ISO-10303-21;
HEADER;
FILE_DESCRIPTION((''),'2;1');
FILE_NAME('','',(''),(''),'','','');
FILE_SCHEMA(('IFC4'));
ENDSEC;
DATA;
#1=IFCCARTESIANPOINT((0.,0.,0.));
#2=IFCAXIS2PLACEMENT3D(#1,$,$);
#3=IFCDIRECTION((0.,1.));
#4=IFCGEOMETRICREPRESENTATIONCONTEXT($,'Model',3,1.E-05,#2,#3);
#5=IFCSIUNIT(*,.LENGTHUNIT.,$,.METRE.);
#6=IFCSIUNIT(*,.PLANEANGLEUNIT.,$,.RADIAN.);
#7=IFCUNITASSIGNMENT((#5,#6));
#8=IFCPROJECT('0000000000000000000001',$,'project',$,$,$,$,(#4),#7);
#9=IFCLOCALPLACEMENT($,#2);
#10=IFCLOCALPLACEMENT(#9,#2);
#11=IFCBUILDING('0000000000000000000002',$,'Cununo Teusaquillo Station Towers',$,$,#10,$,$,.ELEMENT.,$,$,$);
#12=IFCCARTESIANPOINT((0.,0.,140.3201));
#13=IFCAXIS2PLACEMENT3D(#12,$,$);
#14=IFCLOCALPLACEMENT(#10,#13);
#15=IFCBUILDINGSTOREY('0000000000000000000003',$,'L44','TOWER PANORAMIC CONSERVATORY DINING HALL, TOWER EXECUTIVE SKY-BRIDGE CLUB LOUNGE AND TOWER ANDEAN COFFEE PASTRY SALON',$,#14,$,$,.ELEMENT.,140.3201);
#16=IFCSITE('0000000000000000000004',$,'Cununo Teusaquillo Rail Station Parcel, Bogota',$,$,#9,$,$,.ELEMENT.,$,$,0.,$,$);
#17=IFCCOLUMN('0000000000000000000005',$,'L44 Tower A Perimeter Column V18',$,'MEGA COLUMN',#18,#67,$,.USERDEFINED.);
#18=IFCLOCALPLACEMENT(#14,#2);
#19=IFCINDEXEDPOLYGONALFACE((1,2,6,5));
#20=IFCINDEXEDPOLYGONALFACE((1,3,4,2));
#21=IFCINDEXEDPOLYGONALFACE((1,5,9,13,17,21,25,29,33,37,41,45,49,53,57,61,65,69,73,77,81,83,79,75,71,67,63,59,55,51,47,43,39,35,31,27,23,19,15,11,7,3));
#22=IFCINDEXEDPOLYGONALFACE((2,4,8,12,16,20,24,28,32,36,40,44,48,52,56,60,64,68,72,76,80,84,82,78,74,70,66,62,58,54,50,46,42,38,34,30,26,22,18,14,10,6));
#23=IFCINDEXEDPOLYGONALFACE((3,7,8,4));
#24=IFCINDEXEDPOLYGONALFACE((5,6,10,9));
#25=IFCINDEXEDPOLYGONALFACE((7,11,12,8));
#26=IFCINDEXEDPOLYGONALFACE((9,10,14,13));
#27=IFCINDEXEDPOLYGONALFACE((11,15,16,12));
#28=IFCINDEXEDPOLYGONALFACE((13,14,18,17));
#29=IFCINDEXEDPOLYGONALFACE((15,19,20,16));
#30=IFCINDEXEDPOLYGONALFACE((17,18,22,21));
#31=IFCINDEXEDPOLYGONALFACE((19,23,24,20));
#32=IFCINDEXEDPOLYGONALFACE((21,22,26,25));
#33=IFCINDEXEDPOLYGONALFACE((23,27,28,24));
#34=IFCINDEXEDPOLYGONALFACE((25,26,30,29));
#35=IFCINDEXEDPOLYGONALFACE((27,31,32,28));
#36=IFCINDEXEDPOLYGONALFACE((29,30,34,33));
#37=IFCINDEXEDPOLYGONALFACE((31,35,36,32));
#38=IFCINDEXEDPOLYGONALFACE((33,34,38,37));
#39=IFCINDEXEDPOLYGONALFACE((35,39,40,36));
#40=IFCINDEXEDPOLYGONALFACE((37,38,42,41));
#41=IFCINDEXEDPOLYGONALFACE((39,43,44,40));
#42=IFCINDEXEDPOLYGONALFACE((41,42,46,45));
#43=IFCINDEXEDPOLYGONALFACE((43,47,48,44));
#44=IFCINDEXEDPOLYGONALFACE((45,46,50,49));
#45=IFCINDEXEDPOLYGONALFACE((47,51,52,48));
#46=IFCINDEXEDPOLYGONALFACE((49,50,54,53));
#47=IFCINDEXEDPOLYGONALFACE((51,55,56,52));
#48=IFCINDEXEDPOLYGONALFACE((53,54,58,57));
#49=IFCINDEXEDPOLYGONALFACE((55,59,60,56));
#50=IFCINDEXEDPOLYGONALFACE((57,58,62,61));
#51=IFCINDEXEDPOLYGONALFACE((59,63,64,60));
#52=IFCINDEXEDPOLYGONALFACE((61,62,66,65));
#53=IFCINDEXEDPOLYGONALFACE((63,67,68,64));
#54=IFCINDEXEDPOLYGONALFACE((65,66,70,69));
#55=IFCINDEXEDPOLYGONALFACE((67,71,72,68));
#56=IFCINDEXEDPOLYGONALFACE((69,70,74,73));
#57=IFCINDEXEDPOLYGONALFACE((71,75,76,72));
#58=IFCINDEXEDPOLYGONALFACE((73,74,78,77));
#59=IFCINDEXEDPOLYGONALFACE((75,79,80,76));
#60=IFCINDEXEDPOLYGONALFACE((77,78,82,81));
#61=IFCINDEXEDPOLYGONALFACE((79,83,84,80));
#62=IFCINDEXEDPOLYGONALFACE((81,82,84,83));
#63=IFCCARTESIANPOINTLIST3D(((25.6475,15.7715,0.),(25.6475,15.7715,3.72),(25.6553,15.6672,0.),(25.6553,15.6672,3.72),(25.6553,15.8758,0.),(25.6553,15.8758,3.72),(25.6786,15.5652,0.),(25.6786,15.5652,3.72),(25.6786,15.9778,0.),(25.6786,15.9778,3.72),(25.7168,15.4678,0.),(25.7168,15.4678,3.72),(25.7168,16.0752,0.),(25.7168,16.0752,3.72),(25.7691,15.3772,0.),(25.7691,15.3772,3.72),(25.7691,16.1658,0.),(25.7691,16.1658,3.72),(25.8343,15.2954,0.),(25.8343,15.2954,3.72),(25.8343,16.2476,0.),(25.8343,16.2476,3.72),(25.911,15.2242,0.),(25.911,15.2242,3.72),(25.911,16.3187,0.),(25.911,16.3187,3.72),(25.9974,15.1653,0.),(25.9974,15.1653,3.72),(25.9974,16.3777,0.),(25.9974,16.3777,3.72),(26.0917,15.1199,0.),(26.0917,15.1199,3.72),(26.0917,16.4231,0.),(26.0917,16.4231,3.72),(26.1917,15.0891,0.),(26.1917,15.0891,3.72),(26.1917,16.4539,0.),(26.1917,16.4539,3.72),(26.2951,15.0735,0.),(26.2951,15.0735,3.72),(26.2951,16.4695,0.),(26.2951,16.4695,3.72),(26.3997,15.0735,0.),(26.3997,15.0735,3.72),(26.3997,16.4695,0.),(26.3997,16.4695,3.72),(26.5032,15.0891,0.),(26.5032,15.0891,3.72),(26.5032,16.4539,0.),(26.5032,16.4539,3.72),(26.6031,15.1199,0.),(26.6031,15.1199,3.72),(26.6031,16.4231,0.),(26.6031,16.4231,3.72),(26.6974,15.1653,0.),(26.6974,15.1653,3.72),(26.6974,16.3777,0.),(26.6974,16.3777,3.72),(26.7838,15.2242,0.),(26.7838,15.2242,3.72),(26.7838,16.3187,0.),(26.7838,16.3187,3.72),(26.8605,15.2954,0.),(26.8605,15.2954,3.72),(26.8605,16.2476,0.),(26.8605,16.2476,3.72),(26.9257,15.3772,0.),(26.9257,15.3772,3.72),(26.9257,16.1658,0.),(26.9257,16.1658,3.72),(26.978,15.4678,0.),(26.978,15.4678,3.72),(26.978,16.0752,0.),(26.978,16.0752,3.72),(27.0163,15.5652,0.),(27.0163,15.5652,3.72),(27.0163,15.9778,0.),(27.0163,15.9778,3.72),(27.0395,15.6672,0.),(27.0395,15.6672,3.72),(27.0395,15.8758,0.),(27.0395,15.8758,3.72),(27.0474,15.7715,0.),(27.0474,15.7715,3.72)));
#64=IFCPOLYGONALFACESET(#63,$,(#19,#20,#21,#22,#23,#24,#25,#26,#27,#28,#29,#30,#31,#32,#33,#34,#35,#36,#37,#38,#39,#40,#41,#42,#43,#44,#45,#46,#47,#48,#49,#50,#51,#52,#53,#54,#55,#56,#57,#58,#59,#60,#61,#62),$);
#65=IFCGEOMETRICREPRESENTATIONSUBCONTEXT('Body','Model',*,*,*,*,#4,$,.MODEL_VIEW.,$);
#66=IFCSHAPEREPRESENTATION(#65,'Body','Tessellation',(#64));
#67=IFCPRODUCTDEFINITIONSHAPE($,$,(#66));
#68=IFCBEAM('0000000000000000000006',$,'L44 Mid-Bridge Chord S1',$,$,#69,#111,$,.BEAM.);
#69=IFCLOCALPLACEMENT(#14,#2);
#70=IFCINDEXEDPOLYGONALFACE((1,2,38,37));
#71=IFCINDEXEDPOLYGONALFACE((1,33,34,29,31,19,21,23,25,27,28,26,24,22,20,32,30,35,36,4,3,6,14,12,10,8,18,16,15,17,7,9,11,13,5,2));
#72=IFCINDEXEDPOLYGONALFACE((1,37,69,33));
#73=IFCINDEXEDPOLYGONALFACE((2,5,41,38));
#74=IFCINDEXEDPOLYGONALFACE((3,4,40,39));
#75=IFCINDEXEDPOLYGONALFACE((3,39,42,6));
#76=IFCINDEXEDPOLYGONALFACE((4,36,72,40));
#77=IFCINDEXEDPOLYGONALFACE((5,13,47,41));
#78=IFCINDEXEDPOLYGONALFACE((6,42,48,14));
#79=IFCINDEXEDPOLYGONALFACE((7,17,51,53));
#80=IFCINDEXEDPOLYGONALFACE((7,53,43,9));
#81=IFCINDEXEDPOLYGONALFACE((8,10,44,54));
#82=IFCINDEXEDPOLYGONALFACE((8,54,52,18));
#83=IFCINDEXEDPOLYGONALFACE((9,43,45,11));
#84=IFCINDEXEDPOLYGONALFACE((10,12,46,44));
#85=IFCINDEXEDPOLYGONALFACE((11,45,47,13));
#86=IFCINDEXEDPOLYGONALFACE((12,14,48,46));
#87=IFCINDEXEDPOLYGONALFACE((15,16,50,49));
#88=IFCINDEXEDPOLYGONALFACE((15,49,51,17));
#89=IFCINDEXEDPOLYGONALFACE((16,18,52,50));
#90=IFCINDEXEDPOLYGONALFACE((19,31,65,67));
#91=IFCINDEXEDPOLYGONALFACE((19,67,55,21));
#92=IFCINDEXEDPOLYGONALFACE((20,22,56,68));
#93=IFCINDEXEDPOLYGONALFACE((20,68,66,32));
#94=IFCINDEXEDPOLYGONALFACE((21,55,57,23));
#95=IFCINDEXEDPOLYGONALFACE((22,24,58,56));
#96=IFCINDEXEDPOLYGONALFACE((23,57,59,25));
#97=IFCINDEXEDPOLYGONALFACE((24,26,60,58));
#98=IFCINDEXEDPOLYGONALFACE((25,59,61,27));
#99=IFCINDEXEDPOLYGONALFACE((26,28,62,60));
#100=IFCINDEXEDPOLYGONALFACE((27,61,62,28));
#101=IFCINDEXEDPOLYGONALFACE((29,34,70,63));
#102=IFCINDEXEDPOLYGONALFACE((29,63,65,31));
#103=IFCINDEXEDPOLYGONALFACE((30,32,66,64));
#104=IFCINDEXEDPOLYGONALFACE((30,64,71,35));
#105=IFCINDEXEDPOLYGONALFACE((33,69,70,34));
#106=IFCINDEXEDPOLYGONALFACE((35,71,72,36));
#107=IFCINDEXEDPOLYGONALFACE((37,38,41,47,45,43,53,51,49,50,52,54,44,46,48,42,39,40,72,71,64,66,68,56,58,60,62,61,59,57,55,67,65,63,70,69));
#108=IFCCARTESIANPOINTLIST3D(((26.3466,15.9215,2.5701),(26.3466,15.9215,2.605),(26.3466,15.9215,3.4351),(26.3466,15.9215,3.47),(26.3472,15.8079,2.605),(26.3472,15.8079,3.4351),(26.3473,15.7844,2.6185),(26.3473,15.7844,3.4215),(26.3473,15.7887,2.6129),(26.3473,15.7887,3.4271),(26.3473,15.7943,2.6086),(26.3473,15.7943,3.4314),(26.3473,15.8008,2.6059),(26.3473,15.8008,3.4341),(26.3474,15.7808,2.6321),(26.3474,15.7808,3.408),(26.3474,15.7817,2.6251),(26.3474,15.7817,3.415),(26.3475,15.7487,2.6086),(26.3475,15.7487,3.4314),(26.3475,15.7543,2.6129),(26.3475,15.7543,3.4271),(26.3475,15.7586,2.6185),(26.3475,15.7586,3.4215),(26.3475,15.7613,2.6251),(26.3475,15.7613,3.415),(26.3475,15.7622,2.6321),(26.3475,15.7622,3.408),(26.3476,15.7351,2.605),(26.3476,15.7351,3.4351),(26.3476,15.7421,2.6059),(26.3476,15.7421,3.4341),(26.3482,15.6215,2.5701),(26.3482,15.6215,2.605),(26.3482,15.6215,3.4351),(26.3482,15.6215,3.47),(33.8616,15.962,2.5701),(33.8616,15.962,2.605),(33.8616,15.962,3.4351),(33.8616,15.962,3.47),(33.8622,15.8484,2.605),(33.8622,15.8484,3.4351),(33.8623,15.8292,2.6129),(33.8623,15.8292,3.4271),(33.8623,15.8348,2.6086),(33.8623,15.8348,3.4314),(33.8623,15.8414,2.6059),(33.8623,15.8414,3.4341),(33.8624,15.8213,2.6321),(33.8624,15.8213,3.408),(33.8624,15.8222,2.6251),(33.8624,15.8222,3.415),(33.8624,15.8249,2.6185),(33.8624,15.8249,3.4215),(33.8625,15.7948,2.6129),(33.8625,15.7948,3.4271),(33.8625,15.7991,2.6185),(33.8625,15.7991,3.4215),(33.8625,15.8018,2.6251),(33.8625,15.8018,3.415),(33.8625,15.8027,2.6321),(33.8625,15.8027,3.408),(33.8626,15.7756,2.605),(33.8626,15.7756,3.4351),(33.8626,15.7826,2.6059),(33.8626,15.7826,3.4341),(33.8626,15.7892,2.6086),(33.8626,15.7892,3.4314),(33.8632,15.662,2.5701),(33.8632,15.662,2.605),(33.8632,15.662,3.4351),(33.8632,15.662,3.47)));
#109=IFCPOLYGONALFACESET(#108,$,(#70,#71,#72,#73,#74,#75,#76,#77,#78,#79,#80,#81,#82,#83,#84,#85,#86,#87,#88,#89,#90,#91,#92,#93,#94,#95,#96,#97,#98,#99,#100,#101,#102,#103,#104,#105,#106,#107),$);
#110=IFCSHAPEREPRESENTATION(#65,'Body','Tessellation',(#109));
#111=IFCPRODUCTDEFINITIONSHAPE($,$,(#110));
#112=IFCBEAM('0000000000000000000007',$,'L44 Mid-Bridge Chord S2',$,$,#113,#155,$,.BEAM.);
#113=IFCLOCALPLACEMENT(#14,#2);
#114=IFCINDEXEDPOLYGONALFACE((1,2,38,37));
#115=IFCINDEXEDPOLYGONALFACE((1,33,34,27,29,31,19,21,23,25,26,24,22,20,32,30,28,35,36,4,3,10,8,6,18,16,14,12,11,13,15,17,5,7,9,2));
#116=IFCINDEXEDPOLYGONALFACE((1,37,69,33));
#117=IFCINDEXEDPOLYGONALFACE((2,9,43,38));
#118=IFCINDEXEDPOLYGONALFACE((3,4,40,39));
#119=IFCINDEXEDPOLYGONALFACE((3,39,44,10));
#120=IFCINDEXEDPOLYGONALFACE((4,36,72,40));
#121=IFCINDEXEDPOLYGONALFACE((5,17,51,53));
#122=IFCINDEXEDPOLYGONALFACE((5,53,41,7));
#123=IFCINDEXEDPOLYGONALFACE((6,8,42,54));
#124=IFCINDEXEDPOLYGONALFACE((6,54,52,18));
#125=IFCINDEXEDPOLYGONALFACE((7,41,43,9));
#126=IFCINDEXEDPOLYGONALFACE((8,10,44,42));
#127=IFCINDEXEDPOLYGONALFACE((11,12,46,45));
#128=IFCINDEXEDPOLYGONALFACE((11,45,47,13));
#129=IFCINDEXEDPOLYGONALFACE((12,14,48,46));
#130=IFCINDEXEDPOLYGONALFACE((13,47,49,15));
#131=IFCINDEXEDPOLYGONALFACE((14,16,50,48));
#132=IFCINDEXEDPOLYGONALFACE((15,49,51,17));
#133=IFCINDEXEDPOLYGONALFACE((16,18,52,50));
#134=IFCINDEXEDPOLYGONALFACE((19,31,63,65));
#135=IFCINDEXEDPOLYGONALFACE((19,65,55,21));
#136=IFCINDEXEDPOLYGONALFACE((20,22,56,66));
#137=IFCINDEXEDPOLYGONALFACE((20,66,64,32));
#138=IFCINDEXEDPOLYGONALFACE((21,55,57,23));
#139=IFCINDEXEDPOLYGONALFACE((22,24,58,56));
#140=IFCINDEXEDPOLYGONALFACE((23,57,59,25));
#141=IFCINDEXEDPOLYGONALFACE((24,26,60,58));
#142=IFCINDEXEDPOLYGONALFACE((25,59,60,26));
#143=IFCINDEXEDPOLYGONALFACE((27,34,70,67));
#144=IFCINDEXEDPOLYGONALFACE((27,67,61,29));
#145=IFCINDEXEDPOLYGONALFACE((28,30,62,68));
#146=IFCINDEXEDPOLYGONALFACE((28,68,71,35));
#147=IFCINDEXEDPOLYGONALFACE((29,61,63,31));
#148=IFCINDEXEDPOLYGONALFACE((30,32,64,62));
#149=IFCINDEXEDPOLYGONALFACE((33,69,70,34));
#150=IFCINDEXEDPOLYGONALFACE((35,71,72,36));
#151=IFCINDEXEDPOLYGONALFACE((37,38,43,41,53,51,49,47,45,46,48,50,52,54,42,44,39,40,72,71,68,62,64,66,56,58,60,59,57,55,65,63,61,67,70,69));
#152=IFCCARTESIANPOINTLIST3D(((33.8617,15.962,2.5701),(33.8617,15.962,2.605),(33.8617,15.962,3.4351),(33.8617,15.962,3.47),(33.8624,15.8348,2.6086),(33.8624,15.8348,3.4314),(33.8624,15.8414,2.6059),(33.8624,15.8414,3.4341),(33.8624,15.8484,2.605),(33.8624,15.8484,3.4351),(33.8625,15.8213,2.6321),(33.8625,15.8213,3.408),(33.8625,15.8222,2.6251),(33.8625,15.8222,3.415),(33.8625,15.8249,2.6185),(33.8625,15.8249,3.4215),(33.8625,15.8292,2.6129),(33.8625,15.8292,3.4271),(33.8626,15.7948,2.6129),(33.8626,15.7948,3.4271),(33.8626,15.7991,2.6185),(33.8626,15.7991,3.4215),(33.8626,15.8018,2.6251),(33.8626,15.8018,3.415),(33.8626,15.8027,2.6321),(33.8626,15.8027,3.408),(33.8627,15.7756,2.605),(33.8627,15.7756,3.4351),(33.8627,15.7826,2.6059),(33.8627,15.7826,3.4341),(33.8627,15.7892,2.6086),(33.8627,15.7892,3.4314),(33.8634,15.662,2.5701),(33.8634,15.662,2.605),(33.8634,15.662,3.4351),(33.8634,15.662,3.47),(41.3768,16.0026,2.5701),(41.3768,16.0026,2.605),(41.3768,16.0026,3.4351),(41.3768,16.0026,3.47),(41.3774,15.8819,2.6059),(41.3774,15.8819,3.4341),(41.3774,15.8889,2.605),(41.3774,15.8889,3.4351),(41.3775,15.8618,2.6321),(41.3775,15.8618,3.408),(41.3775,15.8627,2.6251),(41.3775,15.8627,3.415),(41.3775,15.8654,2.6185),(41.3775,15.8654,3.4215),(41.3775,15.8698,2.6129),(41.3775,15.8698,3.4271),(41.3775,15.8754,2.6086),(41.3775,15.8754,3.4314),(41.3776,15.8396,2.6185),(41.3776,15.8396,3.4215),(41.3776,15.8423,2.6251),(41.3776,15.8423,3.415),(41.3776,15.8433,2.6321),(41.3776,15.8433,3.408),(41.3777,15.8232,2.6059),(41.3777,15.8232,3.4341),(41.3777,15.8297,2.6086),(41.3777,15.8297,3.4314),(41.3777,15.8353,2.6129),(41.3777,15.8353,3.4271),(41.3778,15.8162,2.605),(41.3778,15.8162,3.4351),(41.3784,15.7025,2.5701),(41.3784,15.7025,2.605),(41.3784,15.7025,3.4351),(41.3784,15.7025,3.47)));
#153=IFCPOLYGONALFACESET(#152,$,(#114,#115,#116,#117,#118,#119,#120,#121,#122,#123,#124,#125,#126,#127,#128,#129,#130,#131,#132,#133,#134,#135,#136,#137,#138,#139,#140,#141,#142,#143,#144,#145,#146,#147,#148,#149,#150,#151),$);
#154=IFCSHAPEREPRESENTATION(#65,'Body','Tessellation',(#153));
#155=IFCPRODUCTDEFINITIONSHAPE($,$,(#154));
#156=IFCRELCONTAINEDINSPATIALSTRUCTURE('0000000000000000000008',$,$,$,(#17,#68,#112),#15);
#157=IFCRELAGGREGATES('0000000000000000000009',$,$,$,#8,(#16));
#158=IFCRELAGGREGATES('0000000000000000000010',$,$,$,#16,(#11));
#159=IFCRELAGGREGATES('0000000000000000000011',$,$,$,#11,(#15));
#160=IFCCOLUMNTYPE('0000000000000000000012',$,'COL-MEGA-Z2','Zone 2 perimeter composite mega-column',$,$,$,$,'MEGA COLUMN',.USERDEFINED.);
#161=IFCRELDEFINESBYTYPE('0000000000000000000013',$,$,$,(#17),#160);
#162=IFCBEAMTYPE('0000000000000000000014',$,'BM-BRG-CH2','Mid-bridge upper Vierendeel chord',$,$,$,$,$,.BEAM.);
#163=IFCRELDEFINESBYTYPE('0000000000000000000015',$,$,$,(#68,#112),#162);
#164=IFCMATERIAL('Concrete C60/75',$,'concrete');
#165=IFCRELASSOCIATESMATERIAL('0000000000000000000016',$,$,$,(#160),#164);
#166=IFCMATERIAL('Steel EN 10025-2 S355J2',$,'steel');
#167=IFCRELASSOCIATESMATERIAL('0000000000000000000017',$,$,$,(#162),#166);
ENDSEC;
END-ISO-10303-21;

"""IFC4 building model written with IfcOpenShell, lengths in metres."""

from ifc_helpers import new_model, si_unit, direction, frame, origin, origin_2d, place, context, subcontext, project, spatial, circle, i_section, extrude, material, material_profile, profile_set, type_object, element, save


model = new_model("IFC4")

# Units and contexts
model_context = context("Model", 3, precision=1e-05, world=origin(), true_north=direction((0.0, 1.0)))
body_context = subcontext(model_context, "Body", "Model", "MODEL_VIEW")
ifc_project = project(units=[si_unit("LENGTHUNIT", "METRE"), si_unit("PLANEANGLEUNIT", "RADIAN")], contexts=[model_context])

# Site, building, storey
site_placement = place(None, origin())
site = spatial("IfcSite", under=ifc_project, at=site_placement, Name="Cununo Teusaquillo Rail Station Parcel, Bogota", CompositionType="ELEMENT", RefElevation=0.0)
building_placement = place(site_placement, origin())
building = spatial("IfcBuilding", under=site, at=building_placement, Name="Cununo Teusaquillo Station Towers", CompositionType="ELEMENT")
storey_placement = place(building_placement, frame((0.0, 0.0, 140.3201)))
storey = spatial("IfcBuildingStorey", under=building, at=storey_placement, Name="L44", Description="TOWER PANORAMIC CONSERVATORY DINING HALL, TOWER EXECUTIVE SKY-BRIDGE CLUB LOUNGE AND TOWER ANDEAN COFFEE PASTRY SALON", CompositionType="ELEMENT", Elevation=140.3201)

# Column
ifc_material_1 = material(Name="Concrete C60/75", Category="concrete")
ifc_material_profile_1 = material_profile(ifc_material_1, circle(Radius=0.7, at=origin_2d()), Name="RC-CIRC-1400")
ifc_profile_set_1 = profile_set([ifc_material_profile_1], Name="Concrete C60/75")
column_type_1 = type_object("IfcColumnType", Name="COL-MEGA-Z2", Description="Zone 2 perimeter composite mega-column", ElementType="MEGA COLUMN", PredefinedType="USERDEFINED", material=ifc_profile_set_1)
for number, where, z_axis, x_axis, name in (
    (1, (26.3474, 15.7715, 0.0), (0.0, 0.0, 1.0), (1.0, 0.0, 0.0), "L44 Tower A Perimeter Column V18"),
):
    element("IfcColumn", number, at=place(storey_placement, frame(where, z_axis=z_axis, x_axis=x_axis)), inside=storey, type_object=column_type_1, Name=name, ObjectType="MEGA COLUMN", PredefinedType="USERDEFINED", context=body_context, shape_type="SweptSolid", body=[
        extrude(circle(Radius=0.7, at=origin_2d()), origin(), (0.0, 0.0, 1.0), 3.72),
    ])

# Beams
ifc_material_2 = material(Name="Steel EN 10025-2 S355J2", Category="steel")
ifc_material_profile_2 = material_profile(ifc_material_2, i_section(OverallWidth=0.3, OverallDepth=0.8999, WebThickness=0.0186, FlangeThickness=0.0349, FilletRadius=0.0271, at=origin_2d()), Name="HEB 900")
ifc_profile_set_2 = profile_set([ifc_material_profile_2], Name="Steel EN 10025-2 S355J2")
beam_type_1 = type_object("IfcBeamType", Name="BM-BRG-CH2", Description="Mid-bridge upper Vierendeel chord", PredefinedType="BEAM", material=ifc_profile_set_2)
for number, where, z_axis, x_axis, name in (
    (2, (26.3474, 15.7715, 3.02), (0.999985, 0.005393, 0.0), (-0.005393, 0.999985, 0.0), "L44 Mid-Bridge Chord S1"),
    (3, (33.8625, 15.812, 3.02), (0.999985, 0.005393, 0.0), (-0.005393, 0.999985, 0.0), "L44 Mid-Bridge Chord S2"),
):
    element("IfcBeam", number, at=place(storey_placement, frame(where, z_axis=z_axis, x_axis=x_axis)), inside=storey, type_object=beam_type_1, Name=name, PredefinedType="BEAM", context=body_context, shape_type="SweptSolid", body=[
        extrude(i_section(OverallWidth=0.3, OverallDepth=0.8999, WebThickness=0.0186, FlangeThickness=0.0349, FilletRadius=0.0271, at=origin_2d()), origin(), (0.0, 0.0, 1.0), 7.5151),
    ])

save(model, "model.ifc")
